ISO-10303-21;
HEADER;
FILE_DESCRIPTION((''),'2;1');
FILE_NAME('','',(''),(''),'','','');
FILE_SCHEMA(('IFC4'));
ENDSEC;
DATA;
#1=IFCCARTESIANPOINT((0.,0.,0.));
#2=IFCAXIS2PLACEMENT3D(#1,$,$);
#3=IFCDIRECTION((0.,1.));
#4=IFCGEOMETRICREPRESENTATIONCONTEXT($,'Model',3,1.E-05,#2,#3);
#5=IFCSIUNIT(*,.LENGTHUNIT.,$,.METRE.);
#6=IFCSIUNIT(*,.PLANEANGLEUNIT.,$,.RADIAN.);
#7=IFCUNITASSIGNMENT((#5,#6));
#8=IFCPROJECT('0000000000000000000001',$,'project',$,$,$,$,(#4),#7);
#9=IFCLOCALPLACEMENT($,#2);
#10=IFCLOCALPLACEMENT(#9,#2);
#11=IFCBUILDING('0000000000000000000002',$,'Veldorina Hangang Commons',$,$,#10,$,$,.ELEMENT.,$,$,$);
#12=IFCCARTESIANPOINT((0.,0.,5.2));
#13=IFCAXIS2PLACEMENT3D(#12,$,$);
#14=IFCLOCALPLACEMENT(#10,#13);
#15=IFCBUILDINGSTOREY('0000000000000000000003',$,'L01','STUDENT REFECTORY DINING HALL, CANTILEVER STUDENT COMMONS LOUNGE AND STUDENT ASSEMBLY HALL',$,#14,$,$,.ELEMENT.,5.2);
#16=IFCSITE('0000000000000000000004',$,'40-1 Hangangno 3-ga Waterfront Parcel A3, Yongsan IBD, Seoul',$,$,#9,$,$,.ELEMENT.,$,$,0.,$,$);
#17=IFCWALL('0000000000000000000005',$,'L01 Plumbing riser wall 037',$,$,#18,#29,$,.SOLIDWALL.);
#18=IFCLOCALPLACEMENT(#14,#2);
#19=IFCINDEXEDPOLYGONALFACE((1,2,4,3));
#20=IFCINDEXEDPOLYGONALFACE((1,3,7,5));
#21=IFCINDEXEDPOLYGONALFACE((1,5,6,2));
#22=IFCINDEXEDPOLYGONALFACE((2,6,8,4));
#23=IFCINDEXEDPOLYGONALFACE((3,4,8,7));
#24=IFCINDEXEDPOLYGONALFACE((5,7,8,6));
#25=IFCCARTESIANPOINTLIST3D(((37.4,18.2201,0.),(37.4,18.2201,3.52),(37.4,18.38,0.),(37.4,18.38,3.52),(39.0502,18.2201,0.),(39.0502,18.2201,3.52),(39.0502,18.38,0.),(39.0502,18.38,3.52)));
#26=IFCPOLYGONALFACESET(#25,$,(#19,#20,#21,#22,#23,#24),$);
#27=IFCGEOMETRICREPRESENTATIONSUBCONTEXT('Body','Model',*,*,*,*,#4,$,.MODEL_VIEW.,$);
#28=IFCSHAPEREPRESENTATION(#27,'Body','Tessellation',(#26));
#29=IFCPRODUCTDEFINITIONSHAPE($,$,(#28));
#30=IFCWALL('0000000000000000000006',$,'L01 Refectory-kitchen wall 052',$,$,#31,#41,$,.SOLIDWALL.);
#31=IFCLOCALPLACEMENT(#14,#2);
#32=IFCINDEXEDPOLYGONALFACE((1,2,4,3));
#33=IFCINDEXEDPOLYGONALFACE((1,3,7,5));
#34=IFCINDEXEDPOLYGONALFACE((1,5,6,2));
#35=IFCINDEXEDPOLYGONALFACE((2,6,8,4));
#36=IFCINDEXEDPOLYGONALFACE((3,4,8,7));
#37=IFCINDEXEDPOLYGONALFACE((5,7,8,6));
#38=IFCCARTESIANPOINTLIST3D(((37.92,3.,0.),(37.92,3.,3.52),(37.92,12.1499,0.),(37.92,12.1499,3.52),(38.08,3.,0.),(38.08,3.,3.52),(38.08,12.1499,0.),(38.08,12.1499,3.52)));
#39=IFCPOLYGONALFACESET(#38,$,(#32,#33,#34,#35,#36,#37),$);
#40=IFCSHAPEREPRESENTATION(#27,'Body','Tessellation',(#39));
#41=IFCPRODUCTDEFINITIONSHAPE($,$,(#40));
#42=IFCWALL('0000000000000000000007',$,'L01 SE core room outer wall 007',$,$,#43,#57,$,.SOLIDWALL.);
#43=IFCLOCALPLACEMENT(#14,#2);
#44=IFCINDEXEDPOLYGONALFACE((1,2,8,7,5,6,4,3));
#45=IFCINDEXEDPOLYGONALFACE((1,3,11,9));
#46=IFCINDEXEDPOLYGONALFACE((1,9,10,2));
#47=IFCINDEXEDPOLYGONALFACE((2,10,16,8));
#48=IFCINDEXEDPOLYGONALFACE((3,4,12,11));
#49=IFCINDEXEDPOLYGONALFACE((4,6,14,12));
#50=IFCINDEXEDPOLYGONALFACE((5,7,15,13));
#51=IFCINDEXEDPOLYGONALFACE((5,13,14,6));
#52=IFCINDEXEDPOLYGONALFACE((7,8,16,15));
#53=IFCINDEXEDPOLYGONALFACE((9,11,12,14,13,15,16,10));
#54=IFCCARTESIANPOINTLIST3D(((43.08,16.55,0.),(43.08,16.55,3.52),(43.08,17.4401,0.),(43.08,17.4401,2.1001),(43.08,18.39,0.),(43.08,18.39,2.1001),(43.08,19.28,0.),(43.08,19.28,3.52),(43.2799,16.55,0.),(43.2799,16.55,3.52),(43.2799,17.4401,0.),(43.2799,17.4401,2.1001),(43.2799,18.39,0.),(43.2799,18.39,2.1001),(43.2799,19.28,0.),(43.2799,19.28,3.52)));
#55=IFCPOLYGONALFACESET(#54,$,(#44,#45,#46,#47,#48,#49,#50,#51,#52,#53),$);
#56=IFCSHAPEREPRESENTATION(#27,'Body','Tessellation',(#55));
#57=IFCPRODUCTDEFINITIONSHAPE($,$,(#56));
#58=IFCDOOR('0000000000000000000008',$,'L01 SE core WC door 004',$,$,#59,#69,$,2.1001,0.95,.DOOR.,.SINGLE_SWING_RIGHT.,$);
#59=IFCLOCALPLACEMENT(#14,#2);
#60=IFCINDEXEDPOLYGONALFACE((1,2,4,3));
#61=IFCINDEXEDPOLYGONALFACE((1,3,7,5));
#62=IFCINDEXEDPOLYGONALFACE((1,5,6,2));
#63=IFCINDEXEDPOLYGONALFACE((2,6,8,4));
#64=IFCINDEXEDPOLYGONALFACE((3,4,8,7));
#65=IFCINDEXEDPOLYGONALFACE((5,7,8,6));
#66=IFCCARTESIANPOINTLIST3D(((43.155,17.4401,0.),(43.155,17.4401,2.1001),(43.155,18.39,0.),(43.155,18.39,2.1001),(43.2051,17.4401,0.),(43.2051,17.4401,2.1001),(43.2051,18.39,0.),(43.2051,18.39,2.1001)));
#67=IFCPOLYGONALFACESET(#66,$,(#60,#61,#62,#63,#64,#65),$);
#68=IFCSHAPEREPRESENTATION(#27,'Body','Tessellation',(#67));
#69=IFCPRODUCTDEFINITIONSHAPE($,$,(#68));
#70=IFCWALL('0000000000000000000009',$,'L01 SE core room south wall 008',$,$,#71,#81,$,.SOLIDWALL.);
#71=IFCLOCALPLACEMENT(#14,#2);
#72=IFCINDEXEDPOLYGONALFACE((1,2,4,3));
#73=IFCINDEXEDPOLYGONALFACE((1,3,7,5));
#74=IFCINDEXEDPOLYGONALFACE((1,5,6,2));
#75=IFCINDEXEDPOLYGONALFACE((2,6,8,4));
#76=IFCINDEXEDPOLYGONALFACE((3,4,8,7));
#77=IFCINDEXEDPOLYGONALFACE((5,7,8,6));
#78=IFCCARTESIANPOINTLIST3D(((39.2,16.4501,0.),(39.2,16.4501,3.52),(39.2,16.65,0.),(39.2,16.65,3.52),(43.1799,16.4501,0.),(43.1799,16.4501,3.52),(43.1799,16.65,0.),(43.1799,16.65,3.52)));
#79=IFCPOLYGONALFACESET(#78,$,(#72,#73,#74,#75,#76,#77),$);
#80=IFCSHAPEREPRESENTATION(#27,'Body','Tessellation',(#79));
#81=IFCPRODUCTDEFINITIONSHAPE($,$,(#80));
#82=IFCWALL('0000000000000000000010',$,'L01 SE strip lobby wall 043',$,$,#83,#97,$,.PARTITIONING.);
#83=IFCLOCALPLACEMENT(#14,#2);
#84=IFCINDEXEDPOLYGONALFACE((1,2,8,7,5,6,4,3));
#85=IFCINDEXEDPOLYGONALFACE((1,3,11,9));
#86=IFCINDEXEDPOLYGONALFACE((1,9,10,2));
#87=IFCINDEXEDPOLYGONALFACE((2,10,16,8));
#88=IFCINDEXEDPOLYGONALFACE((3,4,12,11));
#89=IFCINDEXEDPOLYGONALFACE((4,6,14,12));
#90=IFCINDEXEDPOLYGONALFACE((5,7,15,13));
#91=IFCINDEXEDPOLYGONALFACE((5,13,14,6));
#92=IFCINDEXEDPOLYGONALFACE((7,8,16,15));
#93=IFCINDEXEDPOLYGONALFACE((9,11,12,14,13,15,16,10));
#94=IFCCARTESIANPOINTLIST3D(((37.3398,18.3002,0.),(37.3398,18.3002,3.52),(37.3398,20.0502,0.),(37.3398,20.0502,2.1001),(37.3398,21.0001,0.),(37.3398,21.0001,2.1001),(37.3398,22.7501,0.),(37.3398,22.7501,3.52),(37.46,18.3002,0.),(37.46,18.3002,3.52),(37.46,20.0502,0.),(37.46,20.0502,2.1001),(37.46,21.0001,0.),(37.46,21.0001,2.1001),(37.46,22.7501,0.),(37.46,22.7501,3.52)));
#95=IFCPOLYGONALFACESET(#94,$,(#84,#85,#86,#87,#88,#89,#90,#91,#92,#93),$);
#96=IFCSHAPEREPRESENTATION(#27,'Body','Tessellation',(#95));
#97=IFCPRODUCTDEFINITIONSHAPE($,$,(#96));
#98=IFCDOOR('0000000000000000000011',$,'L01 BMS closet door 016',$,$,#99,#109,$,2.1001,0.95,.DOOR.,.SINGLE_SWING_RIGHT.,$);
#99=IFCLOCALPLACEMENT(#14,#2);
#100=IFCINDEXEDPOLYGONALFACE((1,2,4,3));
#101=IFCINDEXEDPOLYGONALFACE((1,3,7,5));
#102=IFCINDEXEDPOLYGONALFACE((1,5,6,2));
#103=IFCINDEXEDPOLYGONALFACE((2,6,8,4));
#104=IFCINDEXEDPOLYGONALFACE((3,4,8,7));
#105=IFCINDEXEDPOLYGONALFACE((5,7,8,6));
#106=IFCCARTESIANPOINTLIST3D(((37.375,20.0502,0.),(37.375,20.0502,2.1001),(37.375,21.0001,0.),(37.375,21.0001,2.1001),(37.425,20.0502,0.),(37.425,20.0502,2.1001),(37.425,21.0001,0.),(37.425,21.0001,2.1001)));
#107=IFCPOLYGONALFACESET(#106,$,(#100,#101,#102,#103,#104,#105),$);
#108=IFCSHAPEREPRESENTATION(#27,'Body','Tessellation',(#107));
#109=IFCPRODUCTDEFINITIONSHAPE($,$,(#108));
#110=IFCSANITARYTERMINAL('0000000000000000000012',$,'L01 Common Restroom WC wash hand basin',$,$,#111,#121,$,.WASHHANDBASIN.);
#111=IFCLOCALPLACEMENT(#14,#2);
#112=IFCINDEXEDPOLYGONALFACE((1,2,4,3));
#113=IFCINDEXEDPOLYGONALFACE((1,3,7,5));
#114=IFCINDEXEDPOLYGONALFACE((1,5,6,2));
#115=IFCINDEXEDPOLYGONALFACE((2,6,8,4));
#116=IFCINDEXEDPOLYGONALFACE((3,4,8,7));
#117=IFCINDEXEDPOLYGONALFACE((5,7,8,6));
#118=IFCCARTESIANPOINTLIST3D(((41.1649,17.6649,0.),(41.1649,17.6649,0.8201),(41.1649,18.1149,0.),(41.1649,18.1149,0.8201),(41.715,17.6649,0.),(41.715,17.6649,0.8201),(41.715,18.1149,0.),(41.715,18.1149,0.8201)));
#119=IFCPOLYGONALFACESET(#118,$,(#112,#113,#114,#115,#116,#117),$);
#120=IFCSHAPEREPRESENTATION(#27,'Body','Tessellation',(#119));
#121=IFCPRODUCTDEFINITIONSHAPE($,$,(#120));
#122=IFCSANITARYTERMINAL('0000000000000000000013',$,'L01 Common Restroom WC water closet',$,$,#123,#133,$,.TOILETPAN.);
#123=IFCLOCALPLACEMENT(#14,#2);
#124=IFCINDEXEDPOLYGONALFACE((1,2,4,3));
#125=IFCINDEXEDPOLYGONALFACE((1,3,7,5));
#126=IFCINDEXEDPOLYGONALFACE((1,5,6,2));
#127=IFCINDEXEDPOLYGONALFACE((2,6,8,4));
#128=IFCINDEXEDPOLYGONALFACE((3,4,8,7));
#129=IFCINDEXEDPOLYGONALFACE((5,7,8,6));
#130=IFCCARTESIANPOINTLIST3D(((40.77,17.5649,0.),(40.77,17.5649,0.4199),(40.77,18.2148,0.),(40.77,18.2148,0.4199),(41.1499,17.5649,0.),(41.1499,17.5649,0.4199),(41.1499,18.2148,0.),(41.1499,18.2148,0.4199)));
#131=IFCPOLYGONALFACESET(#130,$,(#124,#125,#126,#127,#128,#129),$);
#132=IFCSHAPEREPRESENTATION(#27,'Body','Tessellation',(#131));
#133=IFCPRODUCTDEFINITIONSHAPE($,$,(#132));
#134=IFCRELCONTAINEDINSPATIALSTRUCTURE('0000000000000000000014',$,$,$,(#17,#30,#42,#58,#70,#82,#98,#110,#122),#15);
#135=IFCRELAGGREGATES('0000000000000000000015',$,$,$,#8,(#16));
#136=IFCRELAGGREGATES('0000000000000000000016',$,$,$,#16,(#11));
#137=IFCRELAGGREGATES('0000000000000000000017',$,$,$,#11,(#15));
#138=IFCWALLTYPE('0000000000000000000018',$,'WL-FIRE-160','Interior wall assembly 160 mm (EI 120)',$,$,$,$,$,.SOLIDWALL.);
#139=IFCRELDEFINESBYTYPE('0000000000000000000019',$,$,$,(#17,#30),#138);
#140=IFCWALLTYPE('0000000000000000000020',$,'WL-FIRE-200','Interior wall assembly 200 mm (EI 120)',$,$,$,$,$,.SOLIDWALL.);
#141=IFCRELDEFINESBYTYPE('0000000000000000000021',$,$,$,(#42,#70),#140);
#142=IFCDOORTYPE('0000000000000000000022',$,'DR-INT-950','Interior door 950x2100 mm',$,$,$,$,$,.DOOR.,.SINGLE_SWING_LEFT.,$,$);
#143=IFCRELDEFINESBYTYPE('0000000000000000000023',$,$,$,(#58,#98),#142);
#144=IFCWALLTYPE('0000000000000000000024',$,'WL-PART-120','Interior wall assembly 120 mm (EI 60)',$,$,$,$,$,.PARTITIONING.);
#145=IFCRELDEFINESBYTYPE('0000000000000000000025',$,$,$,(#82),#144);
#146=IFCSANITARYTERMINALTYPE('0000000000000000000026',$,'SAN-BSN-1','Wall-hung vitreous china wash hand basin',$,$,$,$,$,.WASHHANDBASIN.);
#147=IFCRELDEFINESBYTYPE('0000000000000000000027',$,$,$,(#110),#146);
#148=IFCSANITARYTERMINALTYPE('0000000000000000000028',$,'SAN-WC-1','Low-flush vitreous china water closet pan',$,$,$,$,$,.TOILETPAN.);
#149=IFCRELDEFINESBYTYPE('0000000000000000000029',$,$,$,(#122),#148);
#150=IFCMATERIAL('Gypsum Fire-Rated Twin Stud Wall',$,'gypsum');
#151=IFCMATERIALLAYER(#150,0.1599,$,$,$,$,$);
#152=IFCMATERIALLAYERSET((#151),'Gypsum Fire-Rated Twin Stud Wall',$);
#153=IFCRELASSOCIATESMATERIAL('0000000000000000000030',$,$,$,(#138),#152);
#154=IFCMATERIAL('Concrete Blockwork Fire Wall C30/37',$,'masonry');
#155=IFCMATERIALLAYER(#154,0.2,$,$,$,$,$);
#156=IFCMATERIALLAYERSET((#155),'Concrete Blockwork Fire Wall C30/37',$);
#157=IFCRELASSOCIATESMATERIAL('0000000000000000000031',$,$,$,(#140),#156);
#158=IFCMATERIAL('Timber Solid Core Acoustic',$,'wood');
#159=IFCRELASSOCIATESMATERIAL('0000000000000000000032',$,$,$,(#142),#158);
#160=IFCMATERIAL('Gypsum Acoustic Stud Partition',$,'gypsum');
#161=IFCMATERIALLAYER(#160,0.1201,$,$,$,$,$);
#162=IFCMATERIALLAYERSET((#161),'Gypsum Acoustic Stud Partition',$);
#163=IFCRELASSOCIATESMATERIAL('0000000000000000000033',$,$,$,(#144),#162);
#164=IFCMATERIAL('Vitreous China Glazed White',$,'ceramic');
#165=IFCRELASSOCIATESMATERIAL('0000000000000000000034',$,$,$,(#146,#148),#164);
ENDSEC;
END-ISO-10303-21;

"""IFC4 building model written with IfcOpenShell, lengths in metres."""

from ifc_helpers import new_model, si_unit, direction, frame, frame_2d, origin, origin_2d, place, context, subcontext, project, spatial, rectangle, extrude, material, layer, layer_set, type_object, element, fill, save


model = new_model("IFC4")

# Units and contexts
model_context = context("Model", 3, precision=1e-05, world=origin(), true_north=direction((0.0, 1.0)))
body_context = subcontext(model_context, "Body", "Model", "MODEL_VIEW")
ifc_project = project(units=[si_unit("LENGTHUNIT", "METRE"), si_unit("PLANEANGLEUNIT", "RADIAN")], contexts=[model_context])

# Site, building, storey
site_placement = place(None, origin())
site = spatial("IfcSite", under=ifc_project, at=site_placement, Name="40-1 Hangangno 3-ga Waterfront Parcel A3, Yongsan IBD, Seoul", CompositionType="ELEMENT", RefElevation=0.0)
building_placement = place(site_placement, origin())
building = spatial("IfcBuilding", under=site, at=building_placement, Name="Veldorina Hangang Commons", CompositionType="ELEMENT")
storey_placement = place(building_placement, frame((0.0, 0.0, 5.2)))
storey = spatial("IfcBuildingStorey", under=building, at=storey_placement, Name="L01", Description="STUDENT REFECTORY DINING HALL, CANTILEVER STUDENT COMMONS LOUNGE AND STUDENT ASSEMBLY HALL", CompositionType="ELEMENT", Elevation=5.2)

# Walls
ifc_material_1 = material(Name="Gypsum Fire-Rated Twin Stud Wall", Category="gypsum")
ifc_layer_1 = layer(ifc_material_1, 0.1599)
ifc_layer_set_1 = layer_set([ifc_layer_1], Name="Gypsum Fire-Rated Twin Stud Wall")
wall_type_1 = type_object("IfcWallType", Name="WL-FIRE-160", Description="Interior wall assembly 160 mm (EI 120)", PredefinedType="SOLIDWALL", material=ifc_layer_set_1)
wall_1_placement = place(storey_placement, frame((37.3999, 18.3, 0.0), z_axis=(0.0, 0.0, 1.0), x_axis=(1.0, 0.0, 0.0)))
element("IfcWall", 1, at=wall_1_placement, inside=storey, type_object=wall_type_1, Name="L01 Plumbing riser wall 037", PredefinedType="SOLIDWALL", context=body_context, shape_type="SweptSolid", body=[
    extrude(rectangle(XDim=1.6501, YDim=0.1599, at=frame_2d((0.8252, 0.0))), origin(), (0.0, 0.0, 1.0), 3.52),
])
wall_2_placement = place(storey_placement, frame((38.0, 3.0, 0.0), z_axis=(0.0, 0.0, 1.0), x_axis=(0.0, 1.0, 0.0)))
element("IfcWall", 2, at=wall_2_placement, inside=storey, type_object=wall_type_1, Name="L01 Refectory-kitchen wall 052", PredefinedType="SOLIDWALL", context=body_context, shape_type="SweptSolid", body=[
    extrude(rectangle(XDim=9.1499, YDim=0.1599, at=frame_2d((4.575, 0.0))), origin(), (0.0, 0.0, 1.0), 3.52),
])

# Wall, opening, door
ifc_material_2 = material(Name="Concrete Blockwork Fire Wall C30/37", Category="masonry")
ifc_layer_2 = layer(ifc_material_2, 0.2)
ifc_layer_set_2 = layer_set([ifc_layer_2], Name="Concrete Blockwork Fire Wall C30/37")
wall_type_2 = type_object("IfcWallType", Name="WL-FIRE-200", Description="Interior wall assembly 200 mm (EI 120)", PredefinedType="SOLIDWALL", material=ifc_layer_set_2)
wall_3_placement = place(storey_placement, frame((43.1799, 16.55, 0.0), z_axis=(0.0, 0.0, 1.0), x_axis=(0.0, 1.0, 0.0)))
wall_3 = element("IfcWall", 3, at=wall_3_placement, inside=storey, type_object=wall_type_2, Name="L01 SE core room outer wall 007", PredefinedType="SOLIDWALL", context=body_context, shape_type="SweptSolid", body=[
    extrude(rectangle(XDim=2.73, YDim=0.2, at=frame_2d((1.365, 0.0))), origin(), (0.0, 0.0, 1.0), 3.52),
])
opening_1_placement = place(wall_3_placement, frame((0.8899, 0.0, 0.0)))
opening_1 = element("IfcOpeningElement", 4, at=opening_1_placement, cuts=wall_3, PredefinedType="OPENING", context=body_context, shape_type="SweptSolid", body=[
    extrude(rectangle(XDim=0.95, YDim=2.1001, at=frame_2d((0.4751, 1.05))), frame((0.0, 0.1099, 0.0), z_axis=(0.0, -1.0, 0.0), x_axis=(1.0, 0.0, 0.0)), (0.0, 0.0, 1.0), 0.22),
])
ifc_material_3 = material(Name="Timber Solid Core Acoustic", Category="wood")
door_type = type_object("IfcDoorType", Name="DR-INT-950", Description="Interior door 950x2100 mm", OperationType="SINGLE_SWING_LEFT", PredefinedType="DOOR", material=ifc_material_3)
door_1_placement = place(opening_1_placement, origin())
door_1 = element("IfcDoor", 5, at=door_1_placement, inside=storey, type_object=door_type, Name="L01 SE core WC door 004", OperationType="SINGLE_SWING_RIGHT", OverallHeight=2.1001, OverallWidth=0.95, PredefinedType="DOOR", context=body_context, shape_type="SweptSolid", body=[
    extrude(rectangle(XDim=0.95, YDim=2.1001, at=frame_2d((0.4751, 1.05))), frame((0.0, 0.0249, 0.0), z_axis=(0.0, -1.0, 0.0), x_axis=(1.0, 0.0, 0.0)), (0.0, 0.0, 1.0), 0.05),
])
fill(opening_1, door_1)

# Wall
wall_4_placement = place(storey_placement, frame((39.2, 16.55, 0.0), z_axis=(0.0, 0.0, 1.0), x_axis=(1.0, 0.0, 0.0)))
element("IfcWall", 6, at=wall_4_placement, inside=storey, type_object=wall_type_2, Name="L01 SE core room south wall 008", PredefinedType="SOLIDWALL", context=body_context, shape_type="SweptSolid", body=[
    extrude(rectangle(XDim=3.98, YDim=0.2, at=frame_2d((1.99, 0.0))), origin(), (0.0, 0.0, 1.0), 3.52),
])

# Wall, opening, door
ifc_material_4 = material(Name="Gypsum Acoustic Stud Partition", Category="gypsum")
ifc_layer_3 = layer(ifc_material_4, 0.1201)
ifc_layer_set_3 = layer_set([ifc_layer_3], Name="Gypsum Acoustic Stud Partition")
wall_type_3 = type_object("IfcWallType", Name="WL-PART-120", Description="Interior wall assembly 120 mm (EI 60)", PredefinedType="PARTITIONING", material=ifc_layer_set_3)
wall_5_placement = place(storey_placement, frame((37.3999, 18.3, 0.0), z_axis=(0.0, 0.0, 1.0), x_axis=(0.0, 1.0, 0.0)))
wall_5 = element("IfcWall", 7, at=wall_5_placement, inside=storey, type_object=wall_type_3, Name="L01 SE strip lobby wall 043", PredefinedType="PARTITIONING", context=body_context, shape_type="SweptSolid", body=[
    extrude(rectangle(XDim=4.45, YDim=0.1201, at=frame_2d((2.2251, 0.0))), origin(), (0.0, 0.0, 1.0), 3.52),
])
opening_2_placement = place(wall_5_placement, frame((1.75, 0.0, 0.0)))
opening_2 = element("IfcOpeningElement", 8, at=opening_2_placement, cuts=wall_5, PredefinedType="OPENING", context=body_context, shape_type="SweptSolid", body=[
    extrude(rectangle(XDim=0.95, YDim=2.1001, at=frame_2d((0.4751, 1.05))), frame((0.0, 0.0701, 0.0), z_axis=(0.0, -1.0, 0.0), x_axis=(1.0, 0.0, 0.0)), (0.0, 0.0, 1.0), 0.1401),
])
door_2_placement = place(opening_2_placement, origin())
door_2 = element("IfcDoor", 9, at=door_2_placement, inside=storey, type_object=door_type, Name="L01 BMS closet door 016", OperationType="SINGLE_SWING_RIGHT", OverallHeight=2.1001, OverallWidth=0.95, PredefinedType="DOOR", context=body_context, shape_type="SweptSolid", body=[
    extrude(rectangle(XDim=0.95, YDim=2.1001, at=frame_2d((0.4751, 1.05))), frame((0.0, 0.0249, 0.0), z_axis=(0.0, -1.0, 0.0), x_axis=(1.0, 0.0, 0.0)), (0.0, 0.0, 1.0), 0.05),
])
fill(opening_2, door_2)

# Sanitary terminals
ifc_material_5 = material(Name="Vitreous China Glazed White", Category="ceramic")
sanitary_terminal_type_1 = type_object("IfcSanitaryTerminalType", Name="SAN-BSN-1", Description="Wall-hung vitreous china wash hand basin", PredefinedType="WASHHANDBASIN", material=ifc_material_5)
sanitary_terminal_1_placement = place(storey_placement, frame((41.4399, 17.8899, 0.0), z_axis=(0.0, 0.0, 1.0), x_axis=(1.0, 0.0, 0.0)))
element("IfcSanitaryTerminal", 10, at=sanitary_terminal_1_placement, inside=storey, type_object=sanitary_terminal_type_1, Name="L01 Common Restroom WC wash hand basin", PredefinedType="WASHHANDBASIN", context=body_context, shape_type="SweptSolid", body=[
    extrude(rectangle(XDim=0.55, YDim=0.45, at=origin_2d()), origin(), (0.0, 0.0, 1.0), 0.8201),
])
sanitary_terminal_type_2 = type_object("IfcSanitaryTerminalType", Name="SAN-WC-1", Description="Low-flush vitreous china water closet pan", PredefinedType="TOILETPAN", material=ifc_material_5)
sanitary_terminal_2_placement = place(storey_placement, frame((40.96, 17.8899, 0.0), z_axis=(0.0, 0.0, 1.0), x_axis=(1.0, 0.0, 0.0)))
element("IfcSanitaryTerminal", 11, at=sanitary_terminal_2_placement, inside=storey, type_object=sanitary_terminal_type_2, Name="L01 Common Restroom WC water closet", PredefinedType="TOILETPAN", context=body_context, shape_type="SweptSolid", body=[
    extrude(rectangle(XDim=0.3799, YDim=0.6499, at=origin_2d()), origin(), (0.0, 0.0, 1.0), 0.4199),
])

save(model, "model.ifc")
